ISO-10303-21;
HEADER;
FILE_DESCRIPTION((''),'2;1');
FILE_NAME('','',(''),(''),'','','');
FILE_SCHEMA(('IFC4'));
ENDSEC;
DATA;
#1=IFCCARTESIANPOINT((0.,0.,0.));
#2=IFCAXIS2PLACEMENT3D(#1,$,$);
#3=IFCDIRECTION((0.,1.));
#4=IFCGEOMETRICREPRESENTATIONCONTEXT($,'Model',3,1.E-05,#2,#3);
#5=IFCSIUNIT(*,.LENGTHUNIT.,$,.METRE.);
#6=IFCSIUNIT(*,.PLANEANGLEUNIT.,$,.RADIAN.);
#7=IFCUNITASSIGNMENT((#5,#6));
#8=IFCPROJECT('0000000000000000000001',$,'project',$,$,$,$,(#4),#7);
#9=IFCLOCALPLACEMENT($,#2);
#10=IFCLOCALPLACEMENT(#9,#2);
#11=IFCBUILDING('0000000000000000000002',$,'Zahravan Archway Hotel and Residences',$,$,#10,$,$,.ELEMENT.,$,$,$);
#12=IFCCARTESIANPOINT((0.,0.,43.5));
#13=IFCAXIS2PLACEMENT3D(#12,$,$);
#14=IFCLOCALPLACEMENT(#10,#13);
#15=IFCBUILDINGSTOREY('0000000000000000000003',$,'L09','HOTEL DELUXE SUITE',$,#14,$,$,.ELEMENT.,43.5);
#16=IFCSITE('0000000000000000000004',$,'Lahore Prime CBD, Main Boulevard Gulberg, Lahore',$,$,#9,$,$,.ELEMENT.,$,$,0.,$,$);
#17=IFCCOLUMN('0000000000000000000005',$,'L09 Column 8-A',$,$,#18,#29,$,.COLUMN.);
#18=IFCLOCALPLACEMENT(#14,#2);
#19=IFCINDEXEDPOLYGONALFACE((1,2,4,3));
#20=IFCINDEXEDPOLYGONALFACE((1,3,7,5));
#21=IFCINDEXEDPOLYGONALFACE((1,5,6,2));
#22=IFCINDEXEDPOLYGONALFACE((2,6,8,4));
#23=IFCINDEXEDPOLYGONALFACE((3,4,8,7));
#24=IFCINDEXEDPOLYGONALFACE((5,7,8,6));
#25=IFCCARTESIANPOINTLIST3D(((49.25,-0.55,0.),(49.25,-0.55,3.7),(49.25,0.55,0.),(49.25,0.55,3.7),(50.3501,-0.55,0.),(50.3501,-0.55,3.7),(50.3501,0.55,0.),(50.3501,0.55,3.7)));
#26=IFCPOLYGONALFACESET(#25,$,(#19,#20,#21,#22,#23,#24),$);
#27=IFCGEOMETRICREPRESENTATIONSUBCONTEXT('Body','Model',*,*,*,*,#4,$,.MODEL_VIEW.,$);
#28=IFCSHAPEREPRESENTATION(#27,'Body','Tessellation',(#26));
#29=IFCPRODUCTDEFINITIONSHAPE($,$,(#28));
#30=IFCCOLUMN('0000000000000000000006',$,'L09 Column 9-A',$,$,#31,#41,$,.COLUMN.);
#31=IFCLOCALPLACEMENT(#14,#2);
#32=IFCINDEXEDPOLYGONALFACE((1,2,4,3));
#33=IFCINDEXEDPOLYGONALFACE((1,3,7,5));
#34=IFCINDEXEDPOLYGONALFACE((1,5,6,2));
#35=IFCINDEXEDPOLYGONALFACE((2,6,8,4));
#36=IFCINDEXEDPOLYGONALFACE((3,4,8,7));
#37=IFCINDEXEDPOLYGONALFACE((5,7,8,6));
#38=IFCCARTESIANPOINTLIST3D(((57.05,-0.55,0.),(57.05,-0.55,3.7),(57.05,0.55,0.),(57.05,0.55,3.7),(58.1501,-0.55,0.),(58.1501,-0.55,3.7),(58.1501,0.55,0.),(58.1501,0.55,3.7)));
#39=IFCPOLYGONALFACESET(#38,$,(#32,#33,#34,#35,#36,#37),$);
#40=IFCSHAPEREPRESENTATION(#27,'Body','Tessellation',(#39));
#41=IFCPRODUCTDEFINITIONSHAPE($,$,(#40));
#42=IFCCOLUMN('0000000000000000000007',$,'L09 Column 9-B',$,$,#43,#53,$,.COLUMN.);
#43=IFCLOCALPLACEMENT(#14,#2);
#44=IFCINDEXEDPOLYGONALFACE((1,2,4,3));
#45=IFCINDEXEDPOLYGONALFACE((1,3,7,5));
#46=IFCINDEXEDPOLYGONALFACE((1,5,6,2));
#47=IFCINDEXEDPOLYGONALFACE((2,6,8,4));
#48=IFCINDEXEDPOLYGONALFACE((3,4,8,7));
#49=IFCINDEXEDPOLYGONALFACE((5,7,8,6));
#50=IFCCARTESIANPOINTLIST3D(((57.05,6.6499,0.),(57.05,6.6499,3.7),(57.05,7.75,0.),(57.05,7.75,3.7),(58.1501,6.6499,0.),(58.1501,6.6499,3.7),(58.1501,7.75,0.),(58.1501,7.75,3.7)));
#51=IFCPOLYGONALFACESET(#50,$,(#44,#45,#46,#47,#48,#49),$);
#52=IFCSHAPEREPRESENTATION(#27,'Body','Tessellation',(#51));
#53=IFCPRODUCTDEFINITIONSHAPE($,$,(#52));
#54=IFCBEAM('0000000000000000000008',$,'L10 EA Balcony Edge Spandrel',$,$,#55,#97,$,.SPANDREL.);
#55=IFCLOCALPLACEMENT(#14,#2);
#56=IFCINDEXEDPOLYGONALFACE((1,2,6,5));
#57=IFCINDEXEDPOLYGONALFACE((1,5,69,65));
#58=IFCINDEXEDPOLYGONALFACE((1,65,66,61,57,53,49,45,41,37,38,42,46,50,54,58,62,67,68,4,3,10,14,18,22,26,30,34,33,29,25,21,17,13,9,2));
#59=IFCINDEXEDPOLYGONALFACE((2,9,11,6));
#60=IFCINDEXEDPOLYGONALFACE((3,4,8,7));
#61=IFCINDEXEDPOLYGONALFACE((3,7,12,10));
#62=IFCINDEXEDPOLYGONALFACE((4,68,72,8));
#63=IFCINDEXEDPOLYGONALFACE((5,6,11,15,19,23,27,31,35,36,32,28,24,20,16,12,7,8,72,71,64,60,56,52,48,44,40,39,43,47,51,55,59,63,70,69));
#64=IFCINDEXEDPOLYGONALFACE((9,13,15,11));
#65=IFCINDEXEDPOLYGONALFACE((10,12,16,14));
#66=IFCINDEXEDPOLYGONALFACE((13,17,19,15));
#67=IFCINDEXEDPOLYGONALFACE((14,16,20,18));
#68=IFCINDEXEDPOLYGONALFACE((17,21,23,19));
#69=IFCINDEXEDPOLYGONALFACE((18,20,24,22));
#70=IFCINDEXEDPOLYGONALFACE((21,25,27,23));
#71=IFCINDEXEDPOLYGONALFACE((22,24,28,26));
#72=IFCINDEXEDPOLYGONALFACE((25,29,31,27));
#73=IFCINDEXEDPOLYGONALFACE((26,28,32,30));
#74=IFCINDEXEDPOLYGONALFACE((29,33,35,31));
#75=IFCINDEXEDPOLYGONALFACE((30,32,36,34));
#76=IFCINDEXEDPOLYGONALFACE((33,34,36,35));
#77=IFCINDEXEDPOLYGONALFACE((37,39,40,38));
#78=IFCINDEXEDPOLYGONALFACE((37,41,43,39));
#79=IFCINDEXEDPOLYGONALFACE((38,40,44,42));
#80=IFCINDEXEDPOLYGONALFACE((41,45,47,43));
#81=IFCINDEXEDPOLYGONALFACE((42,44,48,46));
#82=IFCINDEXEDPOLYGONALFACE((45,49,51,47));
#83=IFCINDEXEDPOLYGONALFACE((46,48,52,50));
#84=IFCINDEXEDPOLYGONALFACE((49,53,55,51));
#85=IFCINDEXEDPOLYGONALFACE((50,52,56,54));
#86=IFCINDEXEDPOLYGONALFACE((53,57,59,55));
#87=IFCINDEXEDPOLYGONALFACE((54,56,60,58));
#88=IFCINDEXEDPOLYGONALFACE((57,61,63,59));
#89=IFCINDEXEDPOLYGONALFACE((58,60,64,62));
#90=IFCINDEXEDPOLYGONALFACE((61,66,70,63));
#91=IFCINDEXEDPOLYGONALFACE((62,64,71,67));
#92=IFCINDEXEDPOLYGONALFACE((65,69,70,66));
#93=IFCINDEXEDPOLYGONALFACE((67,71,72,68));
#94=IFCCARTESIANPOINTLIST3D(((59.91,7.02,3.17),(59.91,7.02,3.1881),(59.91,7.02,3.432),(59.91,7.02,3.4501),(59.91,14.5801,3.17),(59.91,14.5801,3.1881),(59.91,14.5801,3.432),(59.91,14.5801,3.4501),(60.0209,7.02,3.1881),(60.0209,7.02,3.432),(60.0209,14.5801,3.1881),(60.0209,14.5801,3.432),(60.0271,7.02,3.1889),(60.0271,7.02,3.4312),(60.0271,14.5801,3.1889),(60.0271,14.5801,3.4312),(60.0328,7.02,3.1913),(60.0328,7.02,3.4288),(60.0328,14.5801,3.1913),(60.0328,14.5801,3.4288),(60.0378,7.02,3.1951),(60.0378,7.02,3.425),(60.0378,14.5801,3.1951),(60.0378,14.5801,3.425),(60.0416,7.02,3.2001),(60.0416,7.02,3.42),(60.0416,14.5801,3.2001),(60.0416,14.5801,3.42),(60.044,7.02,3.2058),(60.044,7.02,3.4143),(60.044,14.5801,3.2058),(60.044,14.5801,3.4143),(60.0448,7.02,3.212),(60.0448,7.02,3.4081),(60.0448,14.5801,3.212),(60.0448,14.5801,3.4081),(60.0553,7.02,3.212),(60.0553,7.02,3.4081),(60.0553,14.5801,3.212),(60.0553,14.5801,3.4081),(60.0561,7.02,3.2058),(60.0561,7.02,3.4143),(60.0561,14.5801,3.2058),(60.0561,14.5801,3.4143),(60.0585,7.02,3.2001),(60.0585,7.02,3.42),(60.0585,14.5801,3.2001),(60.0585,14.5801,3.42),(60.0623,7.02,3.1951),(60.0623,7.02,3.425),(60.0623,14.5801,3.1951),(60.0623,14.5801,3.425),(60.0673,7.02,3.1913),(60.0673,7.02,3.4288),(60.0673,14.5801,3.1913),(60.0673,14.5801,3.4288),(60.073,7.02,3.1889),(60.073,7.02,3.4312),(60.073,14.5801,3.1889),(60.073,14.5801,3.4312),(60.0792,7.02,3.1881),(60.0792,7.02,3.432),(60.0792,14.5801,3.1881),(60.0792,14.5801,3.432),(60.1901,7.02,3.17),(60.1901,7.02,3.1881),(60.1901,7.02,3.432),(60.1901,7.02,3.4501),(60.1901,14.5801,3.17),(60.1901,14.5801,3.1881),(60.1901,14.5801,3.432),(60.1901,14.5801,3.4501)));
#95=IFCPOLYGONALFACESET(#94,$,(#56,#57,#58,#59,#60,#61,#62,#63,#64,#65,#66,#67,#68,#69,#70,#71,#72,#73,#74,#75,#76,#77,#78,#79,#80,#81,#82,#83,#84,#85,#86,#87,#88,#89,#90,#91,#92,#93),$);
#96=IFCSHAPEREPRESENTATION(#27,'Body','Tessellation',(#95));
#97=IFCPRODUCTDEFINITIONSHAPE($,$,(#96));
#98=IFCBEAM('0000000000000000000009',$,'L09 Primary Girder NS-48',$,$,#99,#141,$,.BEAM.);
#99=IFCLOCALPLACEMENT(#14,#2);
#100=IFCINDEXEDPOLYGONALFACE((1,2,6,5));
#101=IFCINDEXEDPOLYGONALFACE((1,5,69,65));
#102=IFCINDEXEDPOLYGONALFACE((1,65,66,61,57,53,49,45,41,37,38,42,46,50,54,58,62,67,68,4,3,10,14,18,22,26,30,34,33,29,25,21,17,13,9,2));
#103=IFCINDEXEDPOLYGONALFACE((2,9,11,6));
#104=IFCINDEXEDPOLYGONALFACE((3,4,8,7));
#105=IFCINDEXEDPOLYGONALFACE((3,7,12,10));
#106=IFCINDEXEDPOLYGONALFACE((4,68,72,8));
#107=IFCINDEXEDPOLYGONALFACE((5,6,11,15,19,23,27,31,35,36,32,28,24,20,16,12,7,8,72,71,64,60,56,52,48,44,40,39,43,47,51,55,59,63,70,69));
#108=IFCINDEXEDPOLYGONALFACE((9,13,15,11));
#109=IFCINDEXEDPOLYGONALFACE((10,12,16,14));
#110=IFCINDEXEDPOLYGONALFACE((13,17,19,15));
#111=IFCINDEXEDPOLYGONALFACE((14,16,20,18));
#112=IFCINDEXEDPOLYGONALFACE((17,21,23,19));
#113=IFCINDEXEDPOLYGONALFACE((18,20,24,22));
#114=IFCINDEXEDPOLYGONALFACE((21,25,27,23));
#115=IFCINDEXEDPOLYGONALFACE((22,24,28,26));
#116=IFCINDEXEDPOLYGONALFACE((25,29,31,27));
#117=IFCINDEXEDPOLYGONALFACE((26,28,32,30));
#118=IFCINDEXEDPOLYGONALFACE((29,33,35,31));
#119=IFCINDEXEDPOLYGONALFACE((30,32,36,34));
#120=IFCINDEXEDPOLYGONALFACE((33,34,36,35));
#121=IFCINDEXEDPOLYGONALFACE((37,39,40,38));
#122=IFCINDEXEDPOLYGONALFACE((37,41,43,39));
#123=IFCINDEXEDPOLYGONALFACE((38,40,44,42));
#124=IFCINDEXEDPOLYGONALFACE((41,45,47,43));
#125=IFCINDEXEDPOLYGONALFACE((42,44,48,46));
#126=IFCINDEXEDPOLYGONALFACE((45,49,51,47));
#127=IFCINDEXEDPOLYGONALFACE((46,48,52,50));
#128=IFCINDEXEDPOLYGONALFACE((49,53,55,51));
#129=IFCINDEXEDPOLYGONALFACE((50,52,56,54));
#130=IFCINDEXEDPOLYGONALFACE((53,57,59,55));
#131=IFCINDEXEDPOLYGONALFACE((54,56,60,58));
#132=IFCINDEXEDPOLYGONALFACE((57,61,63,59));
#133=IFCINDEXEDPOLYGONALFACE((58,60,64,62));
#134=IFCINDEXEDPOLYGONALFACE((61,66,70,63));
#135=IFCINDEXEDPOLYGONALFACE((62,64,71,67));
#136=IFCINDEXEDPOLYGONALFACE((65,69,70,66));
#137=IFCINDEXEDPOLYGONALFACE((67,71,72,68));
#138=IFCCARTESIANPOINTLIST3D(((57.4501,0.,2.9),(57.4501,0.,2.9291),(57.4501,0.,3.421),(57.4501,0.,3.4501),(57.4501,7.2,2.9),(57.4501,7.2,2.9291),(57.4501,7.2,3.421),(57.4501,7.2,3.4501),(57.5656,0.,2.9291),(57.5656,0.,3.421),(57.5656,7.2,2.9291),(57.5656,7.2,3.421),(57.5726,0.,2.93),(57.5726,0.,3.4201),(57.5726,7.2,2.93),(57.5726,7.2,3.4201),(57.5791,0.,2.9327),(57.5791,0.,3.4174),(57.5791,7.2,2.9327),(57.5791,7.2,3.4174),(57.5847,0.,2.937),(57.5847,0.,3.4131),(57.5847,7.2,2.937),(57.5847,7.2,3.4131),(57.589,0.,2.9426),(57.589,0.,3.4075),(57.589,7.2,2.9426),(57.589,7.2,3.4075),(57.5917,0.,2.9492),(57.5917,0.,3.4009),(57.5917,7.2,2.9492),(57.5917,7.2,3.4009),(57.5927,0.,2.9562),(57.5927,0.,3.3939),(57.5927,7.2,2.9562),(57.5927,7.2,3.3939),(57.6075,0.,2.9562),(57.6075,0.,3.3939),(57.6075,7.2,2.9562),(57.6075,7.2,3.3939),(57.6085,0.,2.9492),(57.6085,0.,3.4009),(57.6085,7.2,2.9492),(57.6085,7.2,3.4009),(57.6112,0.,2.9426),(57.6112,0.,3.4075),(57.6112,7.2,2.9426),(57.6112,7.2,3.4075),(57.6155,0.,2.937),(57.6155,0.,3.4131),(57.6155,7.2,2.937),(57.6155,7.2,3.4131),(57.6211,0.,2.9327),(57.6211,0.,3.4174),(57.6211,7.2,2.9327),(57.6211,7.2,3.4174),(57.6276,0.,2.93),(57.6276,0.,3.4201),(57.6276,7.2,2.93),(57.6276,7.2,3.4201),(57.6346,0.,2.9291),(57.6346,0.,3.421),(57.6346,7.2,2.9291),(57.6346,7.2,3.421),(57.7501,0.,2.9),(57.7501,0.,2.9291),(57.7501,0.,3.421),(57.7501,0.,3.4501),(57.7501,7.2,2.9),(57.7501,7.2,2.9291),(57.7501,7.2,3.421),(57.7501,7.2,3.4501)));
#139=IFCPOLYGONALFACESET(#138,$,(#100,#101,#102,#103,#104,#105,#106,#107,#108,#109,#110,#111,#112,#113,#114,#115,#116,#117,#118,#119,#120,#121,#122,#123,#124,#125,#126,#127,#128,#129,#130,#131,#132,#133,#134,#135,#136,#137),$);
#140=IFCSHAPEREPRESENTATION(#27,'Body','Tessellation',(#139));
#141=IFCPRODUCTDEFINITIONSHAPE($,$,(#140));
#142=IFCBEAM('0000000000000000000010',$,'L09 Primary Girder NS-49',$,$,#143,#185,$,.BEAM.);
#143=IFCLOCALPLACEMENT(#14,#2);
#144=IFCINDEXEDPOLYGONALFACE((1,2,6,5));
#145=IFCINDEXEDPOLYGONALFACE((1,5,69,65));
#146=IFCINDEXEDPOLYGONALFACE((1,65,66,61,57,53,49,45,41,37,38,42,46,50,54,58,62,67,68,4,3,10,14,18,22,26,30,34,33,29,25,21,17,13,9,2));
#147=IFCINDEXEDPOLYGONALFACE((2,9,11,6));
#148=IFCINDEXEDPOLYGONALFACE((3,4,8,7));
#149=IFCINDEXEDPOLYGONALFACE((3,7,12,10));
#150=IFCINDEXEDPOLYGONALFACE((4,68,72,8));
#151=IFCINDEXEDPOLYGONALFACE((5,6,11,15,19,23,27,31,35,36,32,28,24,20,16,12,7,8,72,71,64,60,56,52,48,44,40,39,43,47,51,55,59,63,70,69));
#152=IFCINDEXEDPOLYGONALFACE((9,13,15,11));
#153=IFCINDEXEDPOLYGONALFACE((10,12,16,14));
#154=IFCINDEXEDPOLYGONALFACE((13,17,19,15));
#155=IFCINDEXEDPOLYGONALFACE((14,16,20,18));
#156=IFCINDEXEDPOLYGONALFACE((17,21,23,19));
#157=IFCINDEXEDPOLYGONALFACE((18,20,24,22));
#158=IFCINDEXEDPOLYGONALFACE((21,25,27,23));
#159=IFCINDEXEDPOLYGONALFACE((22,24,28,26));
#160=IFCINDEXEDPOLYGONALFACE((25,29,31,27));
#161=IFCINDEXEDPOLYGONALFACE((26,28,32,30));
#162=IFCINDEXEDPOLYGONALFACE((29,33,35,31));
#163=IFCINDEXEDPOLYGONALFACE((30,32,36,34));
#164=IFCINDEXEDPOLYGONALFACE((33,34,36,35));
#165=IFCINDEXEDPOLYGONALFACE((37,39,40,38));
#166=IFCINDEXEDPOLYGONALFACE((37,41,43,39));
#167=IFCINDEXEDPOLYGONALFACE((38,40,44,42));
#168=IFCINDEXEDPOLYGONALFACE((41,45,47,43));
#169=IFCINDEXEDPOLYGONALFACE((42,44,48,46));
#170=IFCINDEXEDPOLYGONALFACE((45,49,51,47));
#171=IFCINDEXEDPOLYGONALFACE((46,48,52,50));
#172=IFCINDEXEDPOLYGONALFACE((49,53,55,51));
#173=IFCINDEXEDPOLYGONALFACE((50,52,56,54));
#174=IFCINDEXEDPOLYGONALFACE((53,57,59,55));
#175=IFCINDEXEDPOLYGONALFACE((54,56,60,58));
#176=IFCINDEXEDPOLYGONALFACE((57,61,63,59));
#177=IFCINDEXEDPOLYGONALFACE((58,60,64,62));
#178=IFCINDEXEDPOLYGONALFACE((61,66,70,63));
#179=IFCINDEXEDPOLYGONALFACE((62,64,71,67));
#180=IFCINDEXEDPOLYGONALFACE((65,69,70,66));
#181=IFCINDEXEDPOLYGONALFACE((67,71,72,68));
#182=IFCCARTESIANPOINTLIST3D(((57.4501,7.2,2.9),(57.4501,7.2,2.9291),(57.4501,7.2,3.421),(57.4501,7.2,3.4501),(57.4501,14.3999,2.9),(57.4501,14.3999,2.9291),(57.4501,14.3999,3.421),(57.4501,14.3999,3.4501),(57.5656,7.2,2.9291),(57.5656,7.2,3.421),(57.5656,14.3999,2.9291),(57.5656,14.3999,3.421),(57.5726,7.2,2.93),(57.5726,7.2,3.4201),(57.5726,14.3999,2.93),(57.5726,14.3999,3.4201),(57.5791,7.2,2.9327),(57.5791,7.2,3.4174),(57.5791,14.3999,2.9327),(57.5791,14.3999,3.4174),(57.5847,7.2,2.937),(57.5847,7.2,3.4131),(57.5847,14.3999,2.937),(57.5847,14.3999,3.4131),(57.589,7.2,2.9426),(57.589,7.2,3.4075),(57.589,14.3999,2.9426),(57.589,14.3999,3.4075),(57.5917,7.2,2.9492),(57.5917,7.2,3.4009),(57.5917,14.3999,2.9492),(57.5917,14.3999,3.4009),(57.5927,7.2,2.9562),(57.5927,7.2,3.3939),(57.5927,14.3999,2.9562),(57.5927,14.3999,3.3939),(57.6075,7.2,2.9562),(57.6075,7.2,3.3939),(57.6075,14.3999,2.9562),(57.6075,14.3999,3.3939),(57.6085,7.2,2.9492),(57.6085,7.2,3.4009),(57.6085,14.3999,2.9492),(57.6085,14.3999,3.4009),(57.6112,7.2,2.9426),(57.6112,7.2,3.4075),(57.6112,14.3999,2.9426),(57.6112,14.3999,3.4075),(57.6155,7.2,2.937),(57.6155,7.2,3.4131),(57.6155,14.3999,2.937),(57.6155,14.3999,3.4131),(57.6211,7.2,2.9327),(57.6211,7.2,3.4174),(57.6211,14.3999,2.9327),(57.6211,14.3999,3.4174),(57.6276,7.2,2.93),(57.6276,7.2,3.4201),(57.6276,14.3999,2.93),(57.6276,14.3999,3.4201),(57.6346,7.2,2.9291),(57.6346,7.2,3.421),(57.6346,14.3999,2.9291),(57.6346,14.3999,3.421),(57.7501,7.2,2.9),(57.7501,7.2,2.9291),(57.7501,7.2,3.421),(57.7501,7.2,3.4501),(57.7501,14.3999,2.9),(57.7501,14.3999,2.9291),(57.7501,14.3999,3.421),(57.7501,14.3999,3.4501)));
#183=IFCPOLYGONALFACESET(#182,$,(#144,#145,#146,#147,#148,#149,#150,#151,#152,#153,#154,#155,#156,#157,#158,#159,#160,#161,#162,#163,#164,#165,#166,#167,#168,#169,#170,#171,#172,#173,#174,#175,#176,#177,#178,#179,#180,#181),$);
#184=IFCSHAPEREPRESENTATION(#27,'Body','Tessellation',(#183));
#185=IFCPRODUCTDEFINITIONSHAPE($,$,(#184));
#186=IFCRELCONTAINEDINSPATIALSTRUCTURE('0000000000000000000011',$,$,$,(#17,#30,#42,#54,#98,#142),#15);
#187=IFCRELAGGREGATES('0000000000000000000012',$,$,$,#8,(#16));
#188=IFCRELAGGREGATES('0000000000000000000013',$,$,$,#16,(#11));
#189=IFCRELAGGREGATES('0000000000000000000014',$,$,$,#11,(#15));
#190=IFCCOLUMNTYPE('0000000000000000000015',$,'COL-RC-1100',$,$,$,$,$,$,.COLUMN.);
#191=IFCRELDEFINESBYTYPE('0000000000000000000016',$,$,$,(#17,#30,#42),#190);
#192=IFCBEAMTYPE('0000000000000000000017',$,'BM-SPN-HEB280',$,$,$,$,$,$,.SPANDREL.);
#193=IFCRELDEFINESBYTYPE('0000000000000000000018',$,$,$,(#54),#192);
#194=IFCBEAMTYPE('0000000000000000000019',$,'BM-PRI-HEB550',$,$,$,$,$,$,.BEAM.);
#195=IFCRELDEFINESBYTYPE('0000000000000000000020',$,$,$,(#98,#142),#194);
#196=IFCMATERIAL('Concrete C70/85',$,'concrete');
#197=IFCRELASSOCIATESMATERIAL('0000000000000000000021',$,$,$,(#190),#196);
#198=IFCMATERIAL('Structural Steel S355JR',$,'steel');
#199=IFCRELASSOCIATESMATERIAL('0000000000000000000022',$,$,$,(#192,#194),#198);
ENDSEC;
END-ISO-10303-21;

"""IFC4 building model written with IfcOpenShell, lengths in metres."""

from ifc_helpers import new_model, si_unit, direction, frame, origin, origin_2d, place, context, subcontext, project, spatial, rectangle, i_section, extrude, source, transform, mapped, material, material_profile, profile_set, type_object, type_shapes, element, save


model = new_model("IFC4")

# Units and contexts
model_context = context("Model", 3, precision=1e-05, world=origin(), true_north=direction((0.0, 1.0)))
body_context = subcontext(model_context, "Body", "Model", "MODEL_VIEW")
ifc_project = project(units=[si_unit("LENGTHUNIT", "METRE"), si_unit("PLANEANGLEUNIT", "RADIAN")], contexts=[model_context])

# Site, building, storey
site_placement = place(None, origin())
site = spatial("IfcSite", under=ifc_project, at=site_placement, Name="Lahore Prime CBD, Main Boulevard Gulberg, Lahore", CompositionType="ELEMENT", RefElevation=0.0)
building_placement = place(site_placement, origin())
building = spatial("IfcBuilding", under=site, at=building_placement, Name="Zahravan Archway Hotel and Residences", CompositionType="ELEMENT")
storey_placement = place(building_placement, frame((0.0, 0.0, 43.5)))
storey = spatial("IfcBuildingStorey", under=building, at=storey_placement, Name="L09", Description="HOTEL DELUXE SUITE", CompositionType="ELEMENT", Elevation=43.5)

# Columns
ifc_material_1 = material(Name="Concrete C70/85", Category="concrete")
ifc_material_profile_1 = material_profile(ifc_material_1, rectangle(XDim=1.1001, YDim=1.1001, at=origin_2d()), Name="RC 1100x1100", Category="concrete")
ifc_profile_set_1 = profile_set([ifc_material_profile_1], Name="Concrete C70/85")
column_type = type_object("IfcColumnType", Name="COL-RC-1100", PredefinedType="COLUMN", material=ifc_profile_set_1)
shared_shape_1 = source(origin(), body_context, "Body", "SweptSolid", [
    extrude(rectangle(XDim=1.1001, YDim=1.1001, at=origin_2d()), origin(), (0.0, 0.0, 1.0), 3.7),
])
for number, where, z_axis, x_axis, name in (
    (1, (49.8, 0.0, 0.0), (0.0, 0.0, 1.0), (1.0, 0.0, 0.0), "L09 Column 8-A"),
    (2, (57.6001, 0.0, 0.0), (0.0, 0.0, 1.0), (1.0, 0.0, 0.0), "L09 Column 9-A"),
    (3, (57.6001, 7.2, 0.0), (0.0, 0.0, 1.0), (1.0, 0.0, 0.0), "L09 Column 9-B"),
):
    element("IfcColumn", number, at=place(storey_placement, frame(where, z_axis=z_axis, x_axis=x_axis)), inside=storey, type_object=column_type, Name=name, PredefinedType="COLUMN", context=body_context, shape_type="MappedRepresentation", body=[
        mapped(shared_shape_1, transform((0.0, 0.0, 0.0), scale=1.0)),
    ])

# Beams
ifc_material_2 = material(Name="Structural Steel S355JR", Category="steel")
ifc_material_profile_2 = material_profile(ifc_material_2, i_section(OverallWidth=0.28, OverallDepth=0.28, WebThickness=0.0105, FlangeThickness=0.0181, FilletRadius=0.0239, at=origin_2d()), Name="HEB 280", Category="steel")
ifc_profile_set_2 = profile_set([ifc_material_profile_2], Name="Structural Steel S355JR")
beam_type_1 = type_object("IfcBeamType", Name="BM-SPN-HEB280", PredefinedType="SPANDREL", material=ifc_profile_set_2)
shared_shape_2 = source(origin(), body_context, "Body", "SweptSolid", [
    extrude(i_section(OverallWidth=0.28, OverallDepth=0.28, WebThickness=0.0105, FlangeThickness=0.0181, FilletRadius=0.0239, at=origin_2d()), origin(), (0.0, 0.0, 1.0), 7.5601),
])
type_shapes(beam_type_1, [shared_shape_2])
beam_1_placement = place(storey_placement, frame((60.05, 7.02, 3.3101), z_axis=(0.0, 1.0, 0.0), x_axis=(-1.0, 0.0, 0.0)))
element("IfcBeam", 4, at=beam_1_placement, inside=storey, type_object=beam_type_1, Name="L10 EA Balcony Edge Spandrel", PredefinedType="SPANDREL", context=body_context, shape_type="MappedRepresentation", body=[
    mapped(shared_shape_2, transform((0.0, 0.0, 0.0), scale=1.0)),
])
ifc_material_profile_3 = material_profile(ifc_material_2, i_section(OverallWidth=0.3, OverallDepth=0.55, WebThickness=0.0149, FlangeThickness=0.0291, FilletRadius=0.0271, at=origin_2d()), Name="HEB 550", Category="steel")
ifc_profile_set_3 = profile_set([ifc_material_profile_3], Name="Structural Steel S355JR")
beam_type_2 = type_object("IfcBeamType", Name="BM-PRI-HEB550", PredefinedType="BEAM", material=ifc_profile_set_3)
shared_shape_3 = source(origin(), body_context, "Body", "SweptSolid", [
    extrude(i_section(OverallWidth=0.3, OverallDepth=0.55, WebThickness=0.0149, FlangeThickness=0.0291, FilletRadius=0.0271, at=origin_2d()), origin(), (0.0, 0.0, 1.0), 7.2),
])
for number, where, z_axis, x_axis, name in (
    (5, (57.6001, 0.0, 3.175), (0.0, 1.0, 0.0), (-1.0, 0.0, 0.0), "L09 Primary Girder NS-48"),
    (6, (57.6001, 7.2, 3.175), (0.0, 1.0, 0.0), (-1.0, 0.0, 0.0), "L09 Primary Girder NS-49"),
):
    element("IfcBeam", number, at=place(storey_placement, frame(where, z_axis=z_axis, x_axis=x_axis)), inside=storey, type_object=beam_type_2, Name=name, PredefinedType="BEAM", context=body_context, shape_type="MappedRepresentation", body=[
        mapped(shared_shape_3, transform((0.0, 0.0, 0.0), scale=1.0)),
    ])

save(model, "model.ifc")
